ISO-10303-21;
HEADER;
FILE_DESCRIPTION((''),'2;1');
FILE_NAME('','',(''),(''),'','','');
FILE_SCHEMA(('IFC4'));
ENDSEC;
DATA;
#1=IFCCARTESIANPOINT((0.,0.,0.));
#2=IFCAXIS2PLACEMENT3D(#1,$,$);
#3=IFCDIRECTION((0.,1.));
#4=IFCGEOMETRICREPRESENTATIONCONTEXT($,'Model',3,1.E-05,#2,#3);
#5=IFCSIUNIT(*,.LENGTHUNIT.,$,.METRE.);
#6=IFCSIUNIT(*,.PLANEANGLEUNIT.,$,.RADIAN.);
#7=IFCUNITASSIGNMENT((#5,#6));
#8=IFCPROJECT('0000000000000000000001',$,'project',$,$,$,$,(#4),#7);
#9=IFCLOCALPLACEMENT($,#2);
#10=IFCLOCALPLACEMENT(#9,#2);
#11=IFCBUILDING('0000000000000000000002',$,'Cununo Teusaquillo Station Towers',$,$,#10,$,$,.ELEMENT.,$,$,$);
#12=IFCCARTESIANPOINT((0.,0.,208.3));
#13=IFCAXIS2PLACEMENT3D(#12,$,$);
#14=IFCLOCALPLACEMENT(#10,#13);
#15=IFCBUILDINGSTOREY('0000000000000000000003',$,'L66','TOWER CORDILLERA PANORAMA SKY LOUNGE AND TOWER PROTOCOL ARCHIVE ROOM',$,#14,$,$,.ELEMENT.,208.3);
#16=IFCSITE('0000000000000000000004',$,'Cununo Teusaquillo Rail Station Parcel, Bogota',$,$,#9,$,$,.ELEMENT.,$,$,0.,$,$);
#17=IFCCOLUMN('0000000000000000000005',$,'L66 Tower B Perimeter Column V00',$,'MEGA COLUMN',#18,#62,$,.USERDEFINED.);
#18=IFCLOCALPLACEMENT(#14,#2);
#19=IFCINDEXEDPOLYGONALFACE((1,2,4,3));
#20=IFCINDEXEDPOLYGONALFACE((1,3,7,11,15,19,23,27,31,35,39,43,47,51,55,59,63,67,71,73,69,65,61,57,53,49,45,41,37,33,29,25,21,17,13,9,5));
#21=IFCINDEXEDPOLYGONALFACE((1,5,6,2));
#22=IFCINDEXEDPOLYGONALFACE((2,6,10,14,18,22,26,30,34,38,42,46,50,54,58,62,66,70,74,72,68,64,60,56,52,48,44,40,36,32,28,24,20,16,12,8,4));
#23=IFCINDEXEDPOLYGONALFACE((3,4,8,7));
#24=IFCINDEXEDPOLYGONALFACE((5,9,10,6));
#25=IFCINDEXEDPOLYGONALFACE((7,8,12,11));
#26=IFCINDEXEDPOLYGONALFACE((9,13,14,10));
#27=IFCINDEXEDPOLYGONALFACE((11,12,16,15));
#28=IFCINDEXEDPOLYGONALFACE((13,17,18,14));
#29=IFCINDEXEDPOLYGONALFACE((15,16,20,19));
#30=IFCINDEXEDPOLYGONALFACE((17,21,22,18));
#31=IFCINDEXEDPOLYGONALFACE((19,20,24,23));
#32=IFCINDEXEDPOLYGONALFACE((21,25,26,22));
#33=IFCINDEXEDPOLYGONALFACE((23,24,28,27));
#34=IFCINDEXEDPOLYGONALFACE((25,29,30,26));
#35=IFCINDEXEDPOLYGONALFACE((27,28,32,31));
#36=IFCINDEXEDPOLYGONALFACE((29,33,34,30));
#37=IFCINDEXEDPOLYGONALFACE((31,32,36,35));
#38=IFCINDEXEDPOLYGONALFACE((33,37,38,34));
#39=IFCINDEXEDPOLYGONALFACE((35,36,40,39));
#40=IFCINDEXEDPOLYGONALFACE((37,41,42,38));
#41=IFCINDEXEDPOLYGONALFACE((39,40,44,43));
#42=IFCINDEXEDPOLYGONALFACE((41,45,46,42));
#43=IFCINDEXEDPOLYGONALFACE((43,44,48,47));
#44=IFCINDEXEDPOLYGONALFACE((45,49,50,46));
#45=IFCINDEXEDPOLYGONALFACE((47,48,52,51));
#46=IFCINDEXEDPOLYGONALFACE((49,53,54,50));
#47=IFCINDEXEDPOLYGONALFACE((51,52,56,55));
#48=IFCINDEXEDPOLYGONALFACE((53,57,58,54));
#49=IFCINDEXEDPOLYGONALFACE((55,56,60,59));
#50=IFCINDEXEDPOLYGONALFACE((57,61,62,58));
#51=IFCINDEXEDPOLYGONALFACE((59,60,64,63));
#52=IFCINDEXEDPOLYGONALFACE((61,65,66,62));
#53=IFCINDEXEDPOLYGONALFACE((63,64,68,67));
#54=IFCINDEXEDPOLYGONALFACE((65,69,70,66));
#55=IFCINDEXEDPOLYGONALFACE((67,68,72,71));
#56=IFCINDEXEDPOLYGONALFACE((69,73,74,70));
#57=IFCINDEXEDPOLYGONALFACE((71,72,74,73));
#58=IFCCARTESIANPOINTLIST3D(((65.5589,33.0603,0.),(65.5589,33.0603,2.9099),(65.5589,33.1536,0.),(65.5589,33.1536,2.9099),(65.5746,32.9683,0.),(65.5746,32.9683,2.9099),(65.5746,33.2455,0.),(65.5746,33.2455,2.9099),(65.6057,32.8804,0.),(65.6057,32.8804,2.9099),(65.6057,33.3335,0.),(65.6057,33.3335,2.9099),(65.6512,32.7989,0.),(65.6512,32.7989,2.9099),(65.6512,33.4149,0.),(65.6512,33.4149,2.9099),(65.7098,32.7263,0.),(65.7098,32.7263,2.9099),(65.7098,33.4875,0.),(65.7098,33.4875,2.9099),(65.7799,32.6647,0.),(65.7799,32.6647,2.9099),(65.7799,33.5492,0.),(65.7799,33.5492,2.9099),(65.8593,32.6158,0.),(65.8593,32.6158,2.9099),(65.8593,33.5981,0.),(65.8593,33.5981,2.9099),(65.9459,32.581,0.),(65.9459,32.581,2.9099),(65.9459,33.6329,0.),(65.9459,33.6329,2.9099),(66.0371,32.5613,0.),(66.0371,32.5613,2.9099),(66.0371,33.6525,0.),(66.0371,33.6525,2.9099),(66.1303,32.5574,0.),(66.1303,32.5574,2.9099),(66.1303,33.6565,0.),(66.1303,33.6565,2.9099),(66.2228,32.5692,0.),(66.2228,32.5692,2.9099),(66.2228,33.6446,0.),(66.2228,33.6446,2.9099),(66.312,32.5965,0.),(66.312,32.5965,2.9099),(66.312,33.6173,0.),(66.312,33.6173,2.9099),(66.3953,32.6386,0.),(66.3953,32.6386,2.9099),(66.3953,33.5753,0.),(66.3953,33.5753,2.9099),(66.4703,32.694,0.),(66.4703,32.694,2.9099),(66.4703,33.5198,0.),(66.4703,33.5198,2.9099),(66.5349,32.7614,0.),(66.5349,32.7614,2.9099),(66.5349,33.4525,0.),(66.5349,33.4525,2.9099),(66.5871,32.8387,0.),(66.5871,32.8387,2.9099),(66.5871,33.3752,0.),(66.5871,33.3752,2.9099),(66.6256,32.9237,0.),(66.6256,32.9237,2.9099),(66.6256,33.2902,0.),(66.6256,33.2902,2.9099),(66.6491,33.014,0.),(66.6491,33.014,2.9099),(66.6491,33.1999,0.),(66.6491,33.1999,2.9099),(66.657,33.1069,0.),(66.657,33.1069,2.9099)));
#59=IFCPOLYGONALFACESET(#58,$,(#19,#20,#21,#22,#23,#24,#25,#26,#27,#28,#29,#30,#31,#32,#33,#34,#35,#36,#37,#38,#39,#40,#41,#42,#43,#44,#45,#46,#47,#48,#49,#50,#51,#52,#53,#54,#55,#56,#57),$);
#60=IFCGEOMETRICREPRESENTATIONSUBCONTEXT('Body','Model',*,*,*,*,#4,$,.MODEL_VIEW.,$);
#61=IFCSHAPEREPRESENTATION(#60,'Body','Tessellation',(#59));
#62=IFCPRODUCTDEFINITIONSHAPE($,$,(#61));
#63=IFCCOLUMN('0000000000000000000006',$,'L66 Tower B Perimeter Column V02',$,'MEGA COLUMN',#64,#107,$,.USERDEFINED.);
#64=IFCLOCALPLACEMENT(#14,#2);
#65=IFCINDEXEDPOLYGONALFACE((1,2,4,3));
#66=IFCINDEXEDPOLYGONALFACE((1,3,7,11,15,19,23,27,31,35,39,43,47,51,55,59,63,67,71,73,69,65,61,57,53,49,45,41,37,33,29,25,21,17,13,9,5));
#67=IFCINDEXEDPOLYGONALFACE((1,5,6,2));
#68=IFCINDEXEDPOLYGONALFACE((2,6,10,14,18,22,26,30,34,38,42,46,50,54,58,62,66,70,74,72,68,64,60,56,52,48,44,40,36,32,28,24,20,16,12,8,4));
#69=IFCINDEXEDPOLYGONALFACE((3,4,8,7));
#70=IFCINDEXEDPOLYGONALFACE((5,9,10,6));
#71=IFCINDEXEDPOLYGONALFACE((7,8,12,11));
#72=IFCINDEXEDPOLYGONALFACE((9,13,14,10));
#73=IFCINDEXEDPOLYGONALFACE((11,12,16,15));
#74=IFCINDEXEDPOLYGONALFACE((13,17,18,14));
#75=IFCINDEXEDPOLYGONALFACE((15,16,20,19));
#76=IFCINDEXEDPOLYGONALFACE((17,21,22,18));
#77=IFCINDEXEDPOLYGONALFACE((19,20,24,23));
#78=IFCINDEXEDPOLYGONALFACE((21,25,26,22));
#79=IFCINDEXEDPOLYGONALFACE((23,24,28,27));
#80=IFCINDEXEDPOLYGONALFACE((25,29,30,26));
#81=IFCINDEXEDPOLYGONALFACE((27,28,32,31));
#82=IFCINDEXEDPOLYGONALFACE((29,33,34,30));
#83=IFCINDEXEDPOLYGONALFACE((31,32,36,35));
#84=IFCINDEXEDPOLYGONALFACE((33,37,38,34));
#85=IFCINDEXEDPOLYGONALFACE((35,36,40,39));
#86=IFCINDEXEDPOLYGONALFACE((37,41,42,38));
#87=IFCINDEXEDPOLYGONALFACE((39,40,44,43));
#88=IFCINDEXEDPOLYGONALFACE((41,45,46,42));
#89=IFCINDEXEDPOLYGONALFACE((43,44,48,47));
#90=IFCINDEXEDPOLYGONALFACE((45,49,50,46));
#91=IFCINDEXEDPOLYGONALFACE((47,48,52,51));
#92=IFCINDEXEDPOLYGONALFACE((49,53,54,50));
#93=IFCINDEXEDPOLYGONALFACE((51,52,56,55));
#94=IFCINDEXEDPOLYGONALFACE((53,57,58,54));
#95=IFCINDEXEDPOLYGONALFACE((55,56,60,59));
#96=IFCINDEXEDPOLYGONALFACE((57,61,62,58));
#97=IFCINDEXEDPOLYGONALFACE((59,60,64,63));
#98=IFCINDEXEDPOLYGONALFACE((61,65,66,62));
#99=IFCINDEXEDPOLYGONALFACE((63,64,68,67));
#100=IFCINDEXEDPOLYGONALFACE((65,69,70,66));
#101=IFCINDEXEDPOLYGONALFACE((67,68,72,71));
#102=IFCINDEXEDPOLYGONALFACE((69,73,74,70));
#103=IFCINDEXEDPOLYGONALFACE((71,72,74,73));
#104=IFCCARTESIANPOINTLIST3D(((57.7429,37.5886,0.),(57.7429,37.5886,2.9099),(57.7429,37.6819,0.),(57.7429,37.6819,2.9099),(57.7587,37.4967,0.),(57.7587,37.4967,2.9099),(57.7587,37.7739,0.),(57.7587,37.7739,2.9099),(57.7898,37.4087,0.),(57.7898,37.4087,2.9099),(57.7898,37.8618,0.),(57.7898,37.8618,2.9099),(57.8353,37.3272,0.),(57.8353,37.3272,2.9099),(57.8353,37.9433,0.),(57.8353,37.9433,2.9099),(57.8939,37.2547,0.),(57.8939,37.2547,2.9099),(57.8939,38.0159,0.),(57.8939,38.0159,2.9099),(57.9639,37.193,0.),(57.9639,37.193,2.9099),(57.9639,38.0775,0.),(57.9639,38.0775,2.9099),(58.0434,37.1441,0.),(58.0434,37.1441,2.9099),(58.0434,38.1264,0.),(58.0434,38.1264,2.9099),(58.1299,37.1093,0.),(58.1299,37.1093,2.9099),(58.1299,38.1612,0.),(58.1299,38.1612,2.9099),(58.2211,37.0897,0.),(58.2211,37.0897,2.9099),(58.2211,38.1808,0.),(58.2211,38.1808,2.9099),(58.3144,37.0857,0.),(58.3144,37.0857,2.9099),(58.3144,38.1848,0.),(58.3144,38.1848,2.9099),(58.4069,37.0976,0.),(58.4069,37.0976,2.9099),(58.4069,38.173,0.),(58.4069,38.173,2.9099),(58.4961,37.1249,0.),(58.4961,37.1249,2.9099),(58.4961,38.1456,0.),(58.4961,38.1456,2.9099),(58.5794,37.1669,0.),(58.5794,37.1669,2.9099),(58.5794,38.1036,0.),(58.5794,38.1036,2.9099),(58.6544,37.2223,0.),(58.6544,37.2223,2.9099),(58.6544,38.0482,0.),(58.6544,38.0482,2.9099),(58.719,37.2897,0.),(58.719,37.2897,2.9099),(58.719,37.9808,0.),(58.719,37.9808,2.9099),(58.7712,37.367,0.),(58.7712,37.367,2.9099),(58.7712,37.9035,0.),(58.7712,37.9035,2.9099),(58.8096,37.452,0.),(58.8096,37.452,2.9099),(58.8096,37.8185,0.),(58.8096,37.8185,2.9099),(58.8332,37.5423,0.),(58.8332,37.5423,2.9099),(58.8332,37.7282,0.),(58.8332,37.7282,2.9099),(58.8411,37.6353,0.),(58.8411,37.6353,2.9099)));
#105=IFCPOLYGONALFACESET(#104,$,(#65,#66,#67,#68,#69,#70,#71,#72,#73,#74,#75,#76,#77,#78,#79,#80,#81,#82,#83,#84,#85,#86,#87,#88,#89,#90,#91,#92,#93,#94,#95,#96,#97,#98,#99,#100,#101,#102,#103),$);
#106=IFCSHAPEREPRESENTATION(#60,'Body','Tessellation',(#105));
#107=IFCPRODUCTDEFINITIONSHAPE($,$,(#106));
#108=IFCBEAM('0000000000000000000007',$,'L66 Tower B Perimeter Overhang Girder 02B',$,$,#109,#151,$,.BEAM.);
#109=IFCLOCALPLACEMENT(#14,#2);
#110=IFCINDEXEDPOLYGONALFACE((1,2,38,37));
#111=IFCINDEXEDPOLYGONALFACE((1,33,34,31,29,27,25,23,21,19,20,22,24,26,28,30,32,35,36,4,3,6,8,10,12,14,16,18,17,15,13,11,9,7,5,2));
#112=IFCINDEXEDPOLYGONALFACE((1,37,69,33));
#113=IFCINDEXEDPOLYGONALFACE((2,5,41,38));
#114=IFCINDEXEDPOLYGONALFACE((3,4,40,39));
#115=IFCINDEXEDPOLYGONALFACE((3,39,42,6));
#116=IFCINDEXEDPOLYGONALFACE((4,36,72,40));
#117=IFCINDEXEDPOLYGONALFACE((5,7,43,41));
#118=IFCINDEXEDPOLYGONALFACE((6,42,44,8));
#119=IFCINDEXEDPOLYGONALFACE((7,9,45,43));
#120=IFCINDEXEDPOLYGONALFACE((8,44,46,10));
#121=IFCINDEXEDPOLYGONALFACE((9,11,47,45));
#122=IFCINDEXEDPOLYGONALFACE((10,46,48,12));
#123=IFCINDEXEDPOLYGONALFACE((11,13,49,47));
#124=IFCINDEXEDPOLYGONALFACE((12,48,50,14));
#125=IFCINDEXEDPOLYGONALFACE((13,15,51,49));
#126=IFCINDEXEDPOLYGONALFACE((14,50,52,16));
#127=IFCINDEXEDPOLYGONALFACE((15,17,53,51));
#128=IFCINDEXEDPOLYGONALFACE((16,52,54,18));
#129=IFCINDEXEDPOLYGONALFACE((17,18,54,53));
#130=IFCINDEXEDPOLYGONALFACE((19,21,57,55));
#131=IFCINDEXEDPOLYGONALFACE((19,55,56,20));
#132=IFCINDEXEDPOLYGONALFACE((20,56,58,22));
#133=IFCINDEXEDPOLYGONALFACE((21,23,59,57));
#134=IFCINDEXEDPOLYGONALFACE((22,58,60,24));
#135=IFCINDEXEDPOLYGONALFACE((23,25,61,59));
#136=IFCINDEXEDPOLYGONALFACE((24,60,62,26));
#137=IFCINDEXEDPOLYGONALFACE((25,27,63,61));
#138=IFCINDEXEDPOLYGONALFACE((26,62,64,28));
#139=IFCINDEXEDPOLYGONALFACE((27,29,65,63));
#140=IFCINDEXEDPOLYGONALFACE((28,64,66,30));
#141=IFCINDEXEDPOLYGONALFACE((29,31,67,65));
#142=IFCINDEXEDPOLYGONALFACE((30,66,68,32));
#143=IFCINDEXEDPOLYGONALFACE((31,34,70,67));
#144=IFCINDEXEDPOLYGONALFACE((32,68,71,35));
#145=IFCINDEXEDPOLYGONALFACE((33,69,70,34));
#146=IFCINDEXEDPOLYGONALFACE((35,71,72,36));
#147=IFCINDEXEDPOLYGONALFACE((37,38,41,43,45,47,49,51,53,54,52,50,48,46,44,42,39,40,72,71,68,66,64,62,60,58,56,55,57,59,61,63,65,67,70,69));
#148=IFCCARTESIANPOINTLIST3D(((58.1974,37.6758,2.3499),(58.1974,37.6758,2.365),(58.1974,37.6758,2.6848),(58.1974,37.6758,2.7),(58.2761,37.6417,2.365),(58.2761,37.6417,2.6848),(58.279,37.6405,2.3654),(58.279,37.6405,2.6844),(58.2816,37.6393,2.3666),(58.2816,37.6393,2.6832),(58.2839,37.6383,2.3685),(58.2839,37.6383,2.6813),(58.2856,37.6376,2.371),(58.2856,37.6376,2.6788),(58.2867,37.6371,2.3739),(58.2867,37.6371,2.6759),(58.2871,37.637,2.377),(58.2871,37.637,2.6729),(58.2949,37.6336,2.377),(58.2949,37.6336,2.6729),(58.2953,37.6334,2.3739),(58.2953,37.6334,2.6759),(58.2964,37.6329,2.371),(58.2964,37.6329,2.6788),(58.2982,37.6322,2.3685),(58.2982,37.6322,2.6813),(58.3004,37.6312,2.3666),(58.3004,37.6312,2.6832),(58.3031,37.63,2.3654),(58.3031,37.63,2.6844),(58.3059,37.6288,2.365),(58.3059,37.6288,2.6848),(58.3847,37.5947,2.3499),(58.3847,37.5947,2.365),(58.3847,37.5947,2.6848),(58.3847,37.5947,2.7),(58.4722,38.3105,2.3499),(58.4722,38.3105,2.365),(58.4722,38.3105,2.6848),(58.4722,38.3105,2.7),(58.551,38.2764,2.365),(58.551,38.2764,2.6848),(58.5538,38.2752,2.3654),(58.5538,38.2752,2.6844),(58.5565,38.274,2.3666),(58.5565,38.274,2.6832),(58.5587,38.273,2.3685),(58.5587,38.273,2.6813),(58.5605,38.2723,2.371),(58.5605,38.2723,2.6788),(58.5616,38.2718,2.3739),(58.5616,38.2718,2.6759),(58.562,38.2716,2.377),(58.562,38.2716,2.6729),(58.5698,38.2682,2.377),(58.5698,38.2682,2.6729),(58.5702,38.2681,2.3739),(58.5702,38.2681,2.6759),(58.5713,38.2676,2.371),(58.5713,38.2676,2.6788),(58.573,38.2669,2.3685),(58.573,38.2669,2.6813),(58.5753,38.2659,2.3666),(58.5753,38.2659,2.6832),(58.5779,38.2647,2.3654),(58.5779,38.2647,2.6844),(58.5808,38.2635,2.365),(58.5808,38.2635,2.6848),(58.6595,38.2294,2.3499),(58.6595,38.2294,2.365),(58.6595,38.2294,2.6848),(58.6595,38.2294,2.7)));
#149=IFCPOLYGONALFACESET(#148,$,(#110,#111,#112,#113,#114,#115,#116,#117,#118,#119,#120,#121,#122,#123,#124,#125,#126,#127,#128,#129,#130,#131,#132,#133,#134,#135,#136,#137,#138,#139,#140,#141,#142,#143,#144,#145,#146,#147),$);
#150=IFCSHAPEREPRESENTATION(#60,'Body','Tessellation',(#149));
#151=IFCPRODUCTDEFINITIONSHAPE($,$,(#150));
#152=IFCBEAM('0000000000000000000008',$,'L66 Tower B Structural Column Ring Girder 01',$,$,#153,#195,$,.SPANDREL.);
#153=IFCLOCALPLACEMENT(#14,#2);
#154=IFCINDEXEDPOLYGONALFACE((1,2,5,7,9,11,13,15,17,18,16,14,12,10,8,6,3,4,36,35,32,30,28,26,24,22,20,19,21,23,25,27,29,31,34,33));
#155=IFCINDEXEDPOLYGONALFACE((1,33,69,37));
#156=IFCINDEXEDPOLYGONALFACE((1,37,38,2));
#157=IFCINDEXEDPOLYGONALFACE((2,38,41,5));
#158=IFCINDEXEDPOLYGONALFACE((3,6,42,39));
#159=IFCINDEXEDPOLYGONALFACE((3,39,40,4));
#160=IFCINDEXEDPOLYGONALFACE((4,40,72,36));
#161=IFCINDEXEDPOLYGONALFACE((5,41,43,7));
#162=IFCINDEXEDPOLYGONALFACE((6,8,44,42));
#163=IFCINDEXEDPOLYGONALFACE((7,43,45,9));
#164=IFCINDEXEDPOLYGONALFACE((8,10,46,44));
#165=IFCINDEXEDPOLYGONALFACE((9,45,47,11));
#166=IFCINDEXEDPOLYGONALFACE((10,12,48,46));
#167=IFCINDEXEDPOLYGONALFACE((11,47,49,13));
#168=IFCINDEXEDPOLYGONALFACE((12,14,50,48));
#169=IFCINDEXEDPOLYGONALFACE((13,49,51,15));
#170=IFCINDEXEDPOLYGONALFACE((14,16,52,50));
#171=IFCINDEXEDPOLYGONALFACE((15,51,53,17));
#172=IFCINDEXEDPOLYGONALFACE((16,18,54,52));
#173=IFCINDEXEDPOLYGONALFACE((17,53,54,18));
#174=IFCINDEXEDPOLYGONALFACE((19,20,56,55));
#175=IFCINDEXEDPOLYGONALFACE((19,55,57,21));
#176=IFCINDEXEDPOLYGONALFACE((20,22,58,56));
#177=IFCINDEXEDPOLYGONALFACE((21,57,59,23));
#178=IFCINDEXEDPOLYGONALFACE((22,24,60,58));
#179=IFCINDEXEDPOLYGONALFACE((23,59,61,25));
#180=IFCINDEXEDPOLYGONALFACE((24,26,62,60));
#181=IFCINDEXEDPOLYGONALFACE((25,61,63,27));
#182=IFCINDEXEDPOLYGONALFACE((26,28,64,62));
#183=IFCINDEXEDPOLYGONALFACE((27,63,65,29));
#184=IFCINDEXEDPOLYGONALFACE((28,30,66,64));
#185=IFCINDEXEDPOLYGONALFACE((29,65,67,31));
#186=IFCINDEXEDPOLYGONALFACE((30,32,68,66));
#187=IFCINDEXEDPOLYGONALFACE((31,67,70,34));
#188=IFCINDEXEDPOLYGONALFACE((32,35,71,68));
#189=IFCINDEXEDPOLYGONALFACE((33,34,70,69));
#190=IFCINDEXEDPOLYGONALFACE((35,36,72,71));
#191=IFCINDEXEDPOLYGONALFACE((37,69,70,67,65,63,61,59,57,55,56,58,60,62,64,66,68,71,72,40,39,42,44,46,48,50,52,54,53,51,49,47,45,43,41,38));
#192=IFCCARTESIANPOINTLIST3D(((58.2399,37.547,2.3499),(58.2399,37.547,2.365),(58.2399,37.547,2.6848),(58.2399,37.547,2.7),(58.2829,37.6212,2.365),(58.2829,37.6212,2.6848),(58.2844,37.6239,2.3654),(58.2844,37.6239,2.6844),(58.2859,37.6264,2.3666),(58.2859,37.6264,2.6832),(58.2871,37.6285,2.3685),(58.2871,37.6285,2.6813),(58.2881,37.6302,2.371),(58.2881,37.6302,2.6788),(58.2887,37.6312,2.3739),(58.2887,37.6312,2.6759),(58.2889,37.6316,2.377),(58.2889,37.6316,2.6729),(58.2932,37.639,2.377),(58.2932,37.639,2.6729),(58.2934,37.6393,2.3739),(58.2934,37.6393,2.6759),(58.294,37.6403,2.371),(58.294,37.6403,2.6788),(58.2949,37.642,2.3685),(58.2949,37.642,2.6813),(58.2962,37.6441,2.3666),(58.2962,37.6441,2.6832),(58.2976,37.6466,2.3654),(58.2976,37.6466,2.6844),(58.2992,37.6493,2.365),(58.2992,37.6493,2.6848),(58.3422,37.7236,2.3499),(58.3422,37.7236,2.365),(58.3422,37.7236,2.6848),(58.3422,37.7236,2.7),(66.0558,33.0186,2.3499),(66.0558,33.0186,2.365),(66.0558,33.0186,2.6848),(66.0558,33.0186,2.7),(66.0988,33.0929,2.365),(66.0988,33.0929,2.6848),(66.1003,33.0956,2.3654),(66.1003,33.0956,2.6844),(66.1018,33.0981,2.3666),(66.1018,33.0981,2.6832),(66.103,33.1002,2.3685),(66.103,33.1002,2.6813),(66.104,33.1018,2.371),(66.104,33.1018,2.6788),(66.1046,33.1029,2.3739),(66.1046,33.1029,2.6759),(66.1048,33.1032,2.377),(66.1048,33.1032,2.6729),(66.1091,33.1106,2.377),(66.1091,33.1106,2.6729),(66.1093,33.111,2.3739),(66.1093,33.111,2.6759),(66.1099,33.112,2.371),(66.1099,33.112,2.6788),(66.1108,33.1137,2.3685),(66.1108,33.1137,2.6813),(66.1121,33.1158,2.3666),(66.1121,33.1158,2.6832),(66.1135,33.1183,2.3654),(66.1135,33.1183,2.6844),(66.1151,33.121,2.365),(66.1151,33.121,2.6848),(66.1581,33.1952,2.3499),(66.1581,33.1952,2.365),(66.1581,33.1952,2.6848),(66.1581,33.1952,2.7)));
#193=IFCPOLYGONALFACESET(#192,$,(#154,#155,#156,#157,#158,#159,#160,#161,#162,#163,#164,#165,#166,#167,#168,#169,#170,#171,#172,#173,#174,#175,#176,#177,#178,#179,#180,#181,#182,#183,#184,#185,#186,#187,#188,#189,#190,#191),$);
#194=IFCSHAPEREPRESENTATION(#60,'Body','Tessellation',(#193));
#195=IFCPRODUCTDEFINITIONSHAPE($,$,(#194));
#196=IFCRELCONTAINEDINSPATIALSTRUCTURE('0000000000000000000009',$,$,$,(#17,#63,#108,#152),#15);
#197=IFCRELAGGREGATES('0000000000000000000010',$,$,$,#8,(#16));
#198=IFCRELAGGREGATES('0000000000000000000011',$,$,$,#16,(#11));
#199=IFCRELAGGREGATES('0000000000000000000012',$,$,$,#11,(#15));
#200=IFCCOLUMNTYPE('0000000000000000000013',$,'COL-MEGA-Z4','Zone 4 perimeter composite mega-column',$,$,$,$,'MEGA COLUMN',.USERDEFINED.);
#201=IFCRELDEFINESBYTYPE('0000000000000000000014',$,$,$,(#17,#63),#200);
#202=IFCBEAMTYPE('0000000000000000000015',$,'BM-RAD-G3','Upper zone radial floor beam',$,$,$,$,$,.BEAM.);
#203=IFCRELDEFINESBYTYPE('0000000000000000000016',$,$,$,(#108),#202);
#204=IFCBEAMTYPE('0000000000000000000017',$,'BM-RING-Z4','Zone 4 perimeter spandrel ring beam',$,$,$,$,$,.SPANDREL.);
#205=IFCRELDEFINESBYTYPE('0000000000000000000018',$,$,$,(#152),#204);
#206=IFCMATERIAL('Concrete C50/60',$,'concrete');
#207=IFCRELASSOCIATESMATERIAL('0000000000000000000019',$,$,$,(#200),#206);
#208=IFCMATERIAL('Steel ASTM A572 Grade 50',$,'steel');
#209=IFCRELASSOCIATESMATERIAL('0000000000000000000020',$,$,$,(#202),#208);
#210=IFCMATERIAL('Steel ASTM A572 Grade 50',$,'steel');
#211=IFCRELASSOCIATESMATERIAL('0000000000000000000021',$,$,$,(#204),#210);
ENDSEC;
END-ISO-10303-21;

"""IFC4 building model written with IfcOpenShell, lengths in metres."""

from ifc_helpers import new_model, si_unit, direction, frame, origin, origin_2d, place, context, subcontext, project, spatial, circle, i_section, extrude, material, material_profile, profile_set, type_object, element, save


model = new_model("IFC4")

# Units and contexts
model_context = context("Model", 3, precision=1e-05, world=origin(), true_north=direction((0.0, 1.0)))
body_context = subcontext(model_context, "Body", "Model", "MODEL_VIEW")
ifc_project = project(units=[si_unit("LENGTHUNIT", "METRE"), si_unit("PLANEANGLEUNIT", "RADIAN")], contexts=[model_context])

# Site, building, storey
site_placement = place(None, origin())
site = spatial("IfcSite", under=ifc_project, at=site_placement, Name="Cununo Teusaquillo Rail Station Parcel, Bogota", CompositionType="ELEMENT", RefElevation=0.0)
building_placement = place(site_placement, origin())
building = spatial("IfcBuilding", under=site, at=building_placement, Name="Cununo Teusaquillo Station Towers", CompositionType="ELEMENT")
storey_placement = place(building_placement, frame((0.0, 0.0, 208.3)))
storey = spatial("IfcBuildingStorey", under=building, at=storey_placement, Name="L66", Description="TOWER CORDILLERA PANORAMA SKY LOUNGE AND TOWER PROTOCOL ARCHIVE ROOM", CompositionType="ELEMENT", Elevation=208.3)

# Columns
ifc_material_1 = material(Name="Concrete C50/60", Category="concrete")
ifc_material_profile_1 = material_profile(ifc_material_1, circle(Radius=0.55, at=origin_2d()), Name="RC-CIRC-1100")
ifc_profile_set_1 = profile_set([ifc_material_profile_1], Name="Concrete C50/60")
column_type = type_object("IfcColumnType", Name="COL-MEGA-Z4", Description="Zone 4 perimeter composite mega-column", ElementType="MEGA COLUMN", PredefinedType="USERDEFINED", material=ifc_profile_set_1)
for number, where, z_axis, x_axis, name in (
    (1, (66.1069, 33.1069, 0.0), (0.0, 0.0, 1.0), (1.0, 0.0, 0.0), "L66 Tower B Perimeter Column V00"),
    (2, (58.291, 37.6353, 0.0), (0.0, 0.0, 1.0), (1.0, 0.0, 0.0), "L66 Tower B Perimeter Column V02"),
):
    element("IfcColumn", number, at=place(storey_placement, frame(where, z_axis=z_axis, x_axis=x_axis)), inside=storey, type_object=column_type, Name=name, ObjectType="MEGA COLUMN", PredefinedType="USERDEFINED", context=body_context, shape_type="SweptSolid", body=[
        extrude(circle(Radius=0.55, at=origin_2d()), origin(), (0.0, 0.0, 1.0), 2.9099),
    ])

# Beams
ifc_material_2 = material(Name="Steel ASTM A572 Grade 50", Category="steel")
ifc_material_profile_2 = material_profile(ifc_material_2, i_section(OverallWidth=0.2041, OverallDepth=0.3501, WebThickness=0.0085, FlangeThickness=0.0151, FilletRadius=0.012, at=origin_2d()), Name="W14X48")
ifc_profile_set_2 = profile_set([ifc_material_profile_2], Name="Steel ASTM A572 Grade 50")
beam_type_1 = type_object("IfcBeamType", Name="BM-RAD-G3", Description="Upper zone radial floor beam", PredefinedType="BEAM", material=ifc_profile_set_2)
beam_1_placement = place(storey_placement, frame((58.291, 37.6353, 2.5249), z_axis=(0.397409, 0.917641, 0.0), x_axis=(-0.917641, 0.397409, 0.0)))
element("IfcBeam", 3, at=beam_1_placement, inside=storey, type_object=beam_type_1, Name="L66 Tower B Perimeter Overhang Girder 02B", PredefinedType="BEAM", context=body_context, shape_type="SweptSolid", body=[
    extrude(i_section(OverallWidth=0.2041, OverallDepth=0.3501, WebThickness=0.0085, FlangeThickness=0.0151, FilletRadius=0.012, at=origin_2d()), origin(), (0.0, 0.0, 1.0), 0.6917),
])
ifc_material_3 = material(Name="Steel ASTM A572 Grade 50", Category="steel")
ifc_material_profile_3 = material_profile(ifc_material_3, i_section(OverallWidth=0.2041, OverallDepth=0.3501, WebThickness=0.0085, FlangeThickness=0.0151, FilletRadius=0.012, at=origin_2d()), Name="W14X48")
ifc_profile_set_3 = profile_set([ifc_material_profile_3], Name="Steel ASTM A572 Grade 50")
beam_type_2 = type_object("IfcBeamType", Name="BM-RING-Z4", Description="Zone 4 perimeter spandrel ring beam", PredefinedType="SPANDREL", material=ifc_profile_set_3)
beam_2_placement = place(storey_placement, frame((66.1069, 33.1069, 2.5249), z_axis=(-0.865267, 0.501311, 0.0), x_axis=(-0.501311, -0.865267, 0.0)))
element("IfcBeam", 4, at=beam_2_placement, inside=storey, type_object=beam_type_2, Name="L66 Tower B Structural Column Ring Girder 01", PredefinedType="SPANDREL", context=body_context, shape_type="SweptSolid", body=[
    extrude(i_section(OverallWidth=0.2041, OverallDepth=0.3501, WebThickness=0.0085, FlangeThickness=0.0151, FilletRadius=0.012, at=origin_2d()), origin(), (0.0, 0.0, 1.0), 9.033),
])

save(model, "model.ifc")
